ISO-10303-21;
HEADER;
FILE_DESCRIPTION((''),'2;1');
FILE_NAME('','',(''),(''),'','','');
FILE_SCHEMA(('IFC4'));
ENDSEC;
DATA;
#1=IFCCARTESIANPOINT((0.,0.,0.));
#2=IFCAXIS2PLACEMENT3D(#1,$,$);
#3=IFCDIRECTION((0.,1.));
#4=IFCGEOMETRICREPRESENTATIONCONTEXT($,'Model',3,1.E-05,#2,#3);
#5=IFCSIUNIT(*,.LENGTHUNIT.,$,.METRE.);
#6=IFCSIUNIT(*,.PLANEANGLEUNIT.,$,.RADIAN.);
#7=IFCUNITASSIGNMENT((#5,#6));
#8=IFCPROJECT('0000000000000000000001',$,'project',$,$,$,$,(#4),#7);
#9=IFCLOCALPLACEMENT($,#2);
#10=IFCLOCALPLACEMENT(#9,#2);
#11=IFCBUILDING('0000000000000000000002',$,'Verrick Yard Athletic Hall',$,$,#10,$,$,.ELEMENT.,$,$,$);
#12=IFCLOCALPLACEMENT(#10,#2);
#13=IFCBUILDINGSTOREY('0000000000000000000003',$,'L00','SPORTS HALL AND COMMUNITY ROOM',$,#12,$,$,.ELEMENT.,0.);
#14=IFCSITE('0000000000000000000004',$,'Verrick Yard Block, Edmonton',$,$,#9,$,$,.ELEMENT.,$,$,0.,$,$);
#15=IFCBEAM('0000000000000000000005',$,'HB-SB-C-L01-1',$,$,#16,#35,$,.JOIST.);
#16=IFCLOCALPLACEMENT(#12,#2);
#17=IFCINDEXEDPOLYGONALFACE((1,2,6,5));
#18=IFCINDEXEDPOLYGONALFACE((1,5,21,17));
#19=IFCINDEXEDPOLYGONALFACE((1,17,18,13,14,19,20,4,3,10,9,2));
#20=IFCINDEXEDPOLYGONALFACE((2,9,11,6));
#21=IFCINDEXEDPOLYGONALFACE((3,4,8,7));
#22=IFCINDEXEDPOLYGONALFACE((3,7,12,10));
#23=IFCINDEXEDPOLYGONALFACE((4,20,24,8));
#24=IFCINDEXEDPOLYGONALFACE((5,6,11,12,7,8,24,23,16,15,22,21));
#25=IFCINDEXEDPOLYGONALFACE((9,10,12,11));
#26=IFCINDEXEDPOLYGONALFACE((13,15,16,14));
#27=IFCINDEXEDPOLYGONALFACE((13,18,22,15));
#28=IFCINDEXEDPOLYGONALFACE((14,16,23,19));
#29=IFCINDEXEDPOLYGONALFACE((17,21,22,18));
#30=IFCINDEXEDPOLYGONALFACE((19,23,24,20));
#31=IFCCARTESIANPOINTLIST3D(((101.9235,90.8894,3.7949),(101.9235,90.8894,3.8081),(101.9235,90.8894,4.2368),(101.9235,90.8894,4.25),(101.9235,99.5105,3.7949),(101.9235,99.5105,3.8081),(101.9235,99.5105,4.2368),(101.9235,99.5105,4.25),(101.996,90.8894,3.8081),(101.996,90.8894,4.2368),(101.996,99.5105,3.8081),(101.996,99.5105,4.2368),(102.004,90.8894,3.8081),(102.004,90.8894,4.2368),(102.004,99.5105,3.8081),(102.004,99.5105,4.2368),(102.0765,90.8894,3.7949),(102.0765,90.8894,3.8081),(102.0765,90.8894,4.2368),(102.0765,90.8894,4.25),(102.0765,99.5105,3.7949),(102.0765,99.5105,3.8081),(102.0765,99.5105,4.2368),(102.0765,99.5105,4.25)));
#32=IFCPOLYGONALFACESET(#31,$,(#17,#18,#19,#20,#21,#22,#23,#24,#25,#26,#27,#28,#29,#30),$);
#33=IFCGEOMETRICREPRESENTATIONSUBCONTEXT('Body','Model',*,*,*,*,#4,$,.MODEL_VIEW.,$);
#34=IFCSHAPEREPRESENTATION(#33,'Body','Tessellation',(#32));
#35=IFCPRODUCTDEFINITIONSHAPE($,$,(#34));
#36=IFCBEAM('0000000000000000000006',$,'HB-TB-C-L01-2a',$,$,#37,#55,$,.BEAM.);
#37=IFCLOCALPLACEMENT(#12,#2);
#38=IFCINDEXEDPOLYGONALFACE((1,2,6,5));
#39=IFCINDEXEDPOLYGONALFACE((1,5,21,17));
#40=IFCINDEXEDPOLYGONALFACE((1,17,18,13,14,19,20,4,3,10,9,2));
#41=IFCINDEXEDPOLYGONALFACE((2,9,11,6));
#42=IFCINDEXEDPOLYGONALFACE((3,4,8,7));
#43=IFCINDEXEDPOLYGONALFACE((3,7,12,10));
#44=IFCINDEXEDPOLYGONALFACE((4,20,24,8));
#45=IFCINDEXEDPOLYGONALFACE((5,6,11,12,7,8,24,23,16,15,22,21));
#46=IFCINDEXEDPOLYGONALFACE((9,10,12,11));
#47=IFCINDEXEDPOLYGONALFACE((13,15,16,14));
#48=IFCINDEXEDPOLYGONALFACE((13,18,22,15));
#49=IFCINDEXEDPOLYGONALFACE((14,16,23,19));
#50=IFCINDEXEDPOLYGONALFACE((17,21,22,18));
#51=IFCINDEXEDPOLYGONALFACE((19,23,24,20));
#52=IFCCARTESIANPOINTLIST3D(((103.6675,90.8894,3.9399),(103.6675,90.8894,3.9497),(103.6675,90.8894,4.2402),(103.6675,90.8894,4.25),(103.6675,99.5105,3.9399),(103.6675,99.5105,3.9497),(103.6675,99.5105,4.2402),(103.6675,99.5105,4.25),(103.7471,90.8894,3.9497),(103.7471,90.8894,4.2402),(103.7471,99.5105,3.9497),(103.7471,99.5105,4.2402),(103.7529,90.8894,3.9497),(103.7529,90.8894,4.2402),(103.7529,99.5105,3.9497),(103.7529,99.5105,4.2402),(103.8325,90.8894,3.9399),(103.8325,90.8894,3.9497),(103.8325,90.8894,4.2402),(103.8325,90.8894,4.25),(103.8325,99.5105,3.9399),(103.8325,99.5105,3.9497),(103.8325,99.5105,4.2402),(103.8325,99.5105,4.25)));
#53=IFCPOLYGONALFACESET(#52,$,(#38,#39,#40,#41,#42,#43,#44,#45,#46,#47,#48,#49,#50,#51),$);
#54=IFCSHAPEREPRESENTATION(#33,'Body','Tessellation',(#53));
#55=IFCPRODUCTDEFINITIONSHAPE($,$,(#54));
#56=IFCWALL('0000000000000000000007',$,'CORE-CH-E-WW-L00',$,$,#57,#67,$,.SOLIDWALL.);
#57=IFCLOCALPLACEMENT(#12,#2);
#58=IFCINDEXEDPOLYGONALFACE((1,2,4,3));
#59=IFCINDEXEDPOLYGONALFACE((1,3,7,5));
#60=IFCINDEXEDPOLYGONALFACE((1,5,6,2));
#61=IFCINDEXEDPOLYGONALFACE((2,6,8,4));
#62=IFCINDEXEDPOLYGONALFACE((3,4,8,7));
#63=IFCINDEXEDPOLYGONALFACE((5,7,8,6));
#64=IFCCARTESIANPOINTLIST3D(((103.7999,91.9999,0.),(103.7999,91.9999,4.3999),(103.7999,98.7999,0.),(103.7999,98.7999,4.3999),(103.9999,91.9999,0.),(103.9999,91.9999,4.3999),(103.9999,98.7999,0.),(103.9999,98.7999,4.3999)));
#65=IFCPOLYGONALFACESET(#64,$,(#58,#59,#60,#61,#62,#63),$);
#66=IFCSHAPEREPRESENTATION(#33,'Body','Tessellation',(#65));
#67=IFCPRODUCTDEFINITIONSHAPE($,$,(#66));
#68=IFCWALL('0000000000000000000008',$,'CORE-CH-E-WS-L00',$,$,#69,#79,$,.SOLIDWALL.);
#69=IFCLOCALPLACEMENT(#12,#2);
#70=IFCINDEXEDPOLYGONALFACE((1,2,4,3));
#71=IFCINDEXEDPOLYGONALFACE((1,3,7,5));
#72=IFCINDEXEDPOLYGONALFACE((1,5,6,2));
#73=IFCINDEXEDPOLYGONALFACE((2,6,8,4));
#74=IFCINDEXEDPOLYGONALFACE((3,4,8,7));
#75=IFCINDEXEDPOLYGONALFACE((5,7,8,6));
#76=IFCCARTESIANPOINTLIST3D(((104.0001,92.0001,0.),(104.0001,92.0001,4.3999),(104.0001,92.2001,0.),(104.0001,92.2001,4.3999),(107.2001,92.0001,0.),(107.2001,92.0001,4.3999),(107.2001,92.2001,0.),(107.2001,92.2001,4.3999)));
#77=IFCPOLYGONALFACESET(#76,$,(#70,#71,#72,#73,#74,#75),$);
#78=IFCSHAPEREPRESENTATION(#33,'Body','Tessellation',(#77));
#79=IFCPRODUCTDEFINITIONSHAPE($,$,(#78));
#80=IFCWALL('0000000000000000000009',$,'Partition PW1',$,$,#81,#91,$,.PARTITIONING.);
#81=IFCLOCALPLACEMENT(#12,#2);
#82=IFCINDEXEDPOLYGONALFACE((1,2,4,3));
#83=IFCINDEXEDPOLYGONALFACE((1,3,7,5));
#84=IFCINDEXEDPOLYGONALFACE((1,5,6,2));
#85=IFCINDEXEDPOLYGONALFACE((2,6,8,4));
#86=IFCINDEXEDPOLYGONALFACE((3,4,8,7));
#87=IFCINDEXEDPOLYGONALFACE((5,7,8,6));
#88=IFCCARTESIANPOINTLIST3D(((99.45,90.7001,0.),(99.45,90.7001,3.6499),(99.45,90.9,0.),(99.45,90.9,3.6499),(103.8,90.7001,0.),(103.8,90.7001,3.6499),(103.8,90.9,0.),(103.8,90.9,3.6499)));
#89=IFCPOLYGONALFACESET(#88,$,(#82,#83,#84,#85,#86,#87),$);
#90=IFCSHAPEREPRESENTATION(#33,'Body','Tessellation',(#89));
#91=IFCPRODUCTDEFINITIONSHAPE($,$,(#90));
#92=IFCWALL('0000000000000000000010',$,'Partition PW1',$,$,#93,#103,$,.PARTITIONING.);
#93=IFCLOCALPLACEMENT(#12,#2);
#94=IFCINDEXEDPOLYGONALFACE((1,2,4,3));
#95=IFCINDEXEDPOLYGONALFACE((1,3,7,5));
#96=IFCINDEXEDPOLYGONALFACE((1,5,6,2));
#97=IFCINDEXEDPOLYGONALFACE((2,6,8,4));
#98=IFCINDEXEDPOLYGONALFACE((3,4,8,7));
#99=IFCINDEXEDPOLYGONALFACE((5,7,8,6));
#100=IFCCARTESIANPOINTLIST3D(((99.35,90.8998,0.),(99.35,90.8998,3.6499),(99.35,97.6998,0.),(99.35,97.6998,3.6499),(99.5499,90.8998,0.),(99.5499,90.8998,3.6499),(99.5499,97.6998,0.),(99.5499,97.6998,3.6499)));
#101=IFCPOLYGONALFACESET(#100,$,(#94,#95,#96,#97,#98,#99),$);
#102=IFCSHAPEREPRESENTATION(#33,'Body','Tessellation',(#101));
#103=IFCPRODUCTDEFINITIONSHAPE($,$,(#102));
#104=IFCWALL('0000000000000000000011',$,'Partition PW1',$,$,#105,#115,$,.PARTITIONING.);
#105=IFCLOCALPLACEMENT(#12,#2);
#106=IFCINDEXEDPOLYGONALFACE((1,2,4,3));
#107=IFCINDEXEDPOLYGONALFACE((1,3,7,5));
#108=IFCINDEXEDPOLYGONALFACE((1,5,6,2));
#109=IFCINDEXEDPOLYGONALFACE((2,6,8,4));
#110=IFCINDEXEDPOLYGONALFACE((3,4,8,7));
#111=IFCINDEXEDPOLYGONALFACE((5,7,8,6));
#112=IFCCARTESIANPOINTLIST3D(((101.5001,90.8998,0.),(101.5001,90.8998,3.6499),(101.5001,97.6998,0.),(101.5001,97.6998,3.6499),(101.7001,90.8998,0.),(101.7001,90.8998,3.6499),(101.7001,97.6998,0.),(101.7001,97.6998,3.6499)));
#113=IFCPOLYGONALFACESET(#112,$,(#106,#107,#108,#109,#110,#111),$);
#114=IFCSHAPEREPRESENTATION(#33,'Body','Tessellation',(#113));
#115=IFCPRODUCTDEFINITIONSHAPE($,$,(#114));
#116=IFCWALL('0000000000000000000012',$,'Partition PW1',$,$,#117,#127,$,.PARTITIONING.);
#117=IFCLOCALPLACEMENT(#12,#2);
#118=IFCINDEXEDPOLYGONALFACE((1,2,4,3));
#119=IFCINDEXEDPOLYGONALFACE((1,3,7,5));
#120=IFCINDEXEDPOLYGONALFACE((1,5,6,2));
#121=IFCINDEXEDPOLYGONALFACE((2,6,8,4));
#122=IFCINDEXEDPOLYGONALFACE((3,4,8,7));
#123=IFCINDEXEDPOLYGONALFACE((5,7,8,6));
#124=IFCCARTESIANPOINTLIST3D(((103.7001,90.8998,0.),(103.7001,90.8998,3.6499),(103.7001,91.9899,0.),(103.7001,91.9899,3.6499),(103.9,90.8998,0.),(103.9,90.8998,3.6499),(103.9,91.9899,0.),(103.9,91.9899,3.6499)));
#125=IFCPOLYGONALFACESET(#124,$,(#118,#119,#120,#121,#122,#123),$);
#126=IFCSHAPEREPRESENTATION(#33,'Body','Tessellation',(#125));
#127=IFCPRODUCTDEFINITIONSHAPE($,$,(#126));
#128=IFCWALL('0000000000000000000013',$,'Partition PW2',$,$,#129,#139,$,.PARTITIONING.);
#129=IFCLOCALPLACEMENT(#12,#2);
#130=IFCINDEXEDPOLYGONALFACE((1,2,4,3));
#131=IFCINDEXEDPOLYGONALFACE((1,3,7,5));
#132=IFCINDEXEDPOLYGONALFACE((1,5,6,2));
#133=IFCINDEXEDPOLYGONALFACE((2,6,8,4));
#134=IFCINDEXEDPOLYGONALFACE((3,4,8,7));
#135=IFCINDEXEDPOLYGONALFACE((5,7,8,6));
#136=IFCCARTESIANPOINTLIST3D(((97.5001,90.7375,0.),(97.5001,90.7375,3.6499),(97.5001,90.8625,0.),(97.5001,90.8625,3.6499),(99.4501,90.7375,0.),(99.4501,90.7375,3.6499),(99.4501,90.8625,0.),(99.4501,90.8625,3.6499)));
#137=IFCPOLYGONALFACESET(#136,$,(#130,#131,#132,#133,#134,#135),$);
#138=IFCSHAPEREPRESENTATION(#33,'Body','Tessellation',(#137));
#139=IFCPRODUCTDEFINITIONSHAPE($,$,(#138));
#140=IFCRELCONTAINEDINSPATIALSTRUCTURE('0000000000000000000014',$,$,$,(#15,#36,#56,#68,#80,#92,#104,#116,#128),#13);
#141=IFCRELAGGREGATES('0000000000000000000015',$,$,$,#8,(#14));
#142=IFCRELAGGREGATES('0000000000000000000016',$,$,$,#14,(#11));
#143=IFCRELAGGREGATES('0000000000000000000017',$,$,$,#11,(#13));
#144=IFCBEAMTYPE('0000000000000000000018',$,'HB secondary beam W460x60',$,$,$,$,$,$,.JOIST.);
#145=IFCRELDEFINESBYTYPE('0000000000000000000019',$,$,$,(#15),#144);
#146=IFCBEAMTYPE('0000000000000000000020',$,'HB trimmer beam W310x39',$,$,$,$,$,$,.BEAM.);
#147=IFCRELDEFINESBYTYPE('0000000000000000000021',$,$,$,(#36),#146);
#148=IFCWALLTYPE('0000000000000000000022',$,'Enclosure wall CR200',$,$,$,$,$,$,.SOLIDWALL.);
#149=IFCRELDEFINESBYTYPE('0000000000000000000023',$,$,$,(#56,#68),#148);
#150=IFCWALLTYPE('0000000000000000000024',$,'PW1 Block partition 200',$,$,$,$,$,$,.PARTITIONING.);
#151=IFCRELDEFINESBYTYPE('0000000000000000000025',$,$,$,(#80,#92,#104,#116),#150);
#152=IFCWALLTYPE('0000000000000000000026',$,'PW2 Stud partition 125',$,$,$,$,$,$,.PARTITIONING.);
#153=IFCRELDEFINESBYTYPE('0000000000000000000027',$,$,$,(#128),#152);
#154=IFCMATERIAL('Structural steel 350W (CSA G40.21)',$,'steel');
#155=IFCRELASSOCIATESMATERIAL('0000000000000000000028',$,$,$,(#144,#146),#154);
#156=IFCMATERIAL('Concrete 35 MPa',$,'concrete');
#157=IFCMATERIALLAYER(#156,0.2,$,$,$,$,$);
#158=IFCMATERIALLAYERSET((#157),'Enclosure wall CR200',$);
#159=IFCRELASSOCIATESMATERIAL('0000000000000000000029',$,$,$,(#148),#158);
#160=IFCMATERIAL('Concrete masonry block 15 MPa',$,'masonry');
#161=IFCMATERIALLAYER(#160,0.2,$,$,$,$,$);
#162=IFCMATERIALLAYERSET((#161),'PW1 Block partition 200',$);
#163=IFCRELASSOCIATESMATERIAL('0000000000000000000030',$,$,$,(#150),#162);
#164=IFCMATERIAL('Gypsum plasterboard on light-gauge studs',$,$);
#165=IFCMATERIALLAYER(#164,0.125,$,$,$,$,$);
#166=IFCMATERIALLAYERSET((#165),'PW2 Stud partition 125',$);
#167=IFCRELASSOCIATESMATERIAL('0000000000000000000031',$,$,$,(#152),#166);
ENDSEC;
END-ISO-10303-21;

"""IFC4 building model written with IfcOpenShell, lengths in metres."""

from ifc_helpers import new_model, si_unit, direction, frame, frame_2d, origin, origin_2d, place, context, subcontext, project, spatial, rectangle, i_section, extrude, material, layer, layer_set, material_profile, profile_set, type_object, element, save


model = new_model("IFC4")

# Units and contexts
model_context = context("Model", 3, precision=1e-05, world=origin(), true_north=direction((0.0, 1.0)))
body_context = subcontext(model_context, "Body", "Model", "MODEL_VIEW")
ifc_project = project(units=[si_unit("LENGTHUNIT", "METRE"), si_unit("PLANEANGLEUNIT", "RADIAN")], contexts=[model_context])

# Site, building, storey
site_placement = place(None, origin())
site = spatial("IfcSite", under=ifc_project, at=site_placement, Name="Verrick Yard Block, Edmonton", CompositionType="ELEMENT", RefElevation=0.0)
building_placement = place(site_placement, origin())
building = spatial("IfcBuilding", under=site, at=building_placement, Name="Verrick Yard Athletic Hall", CompositionType="ELEMENT")
storey_placement = place(building_placement, origin())
storey = spatial("IfcBuildingStorey", under=building, at=storey_placement, Name="L00", Description="SPORTS HALL AND COMMUNITY ROOM", CompositionType="ELEMENT", Elevation=0.0)

# Shared definitions
ifc_material_1 = material(Name="Concrete 35 MPa", Category="concrete")

# Beams
ifc_material_2 = material(Name="Structural steel 350W (CSA G40.21)", Category="steel")
ifc_material_profile_1 = material_profile(ifc_material_2, i_section(OverallWidth=0.1531, OverallDepth=0.4551, WebThickness=0.0081, FlangeThickness=0.0132, at=origin_2d()), Name="W460x60")
ifc_profile_set_1 = profile_set([ifc_material_profile_1], Name="Structural steel 350W (CSA G40.21)")
beam_type_1 = type_object("IfcBeamType", Name="HB secondary beam W460x60", PredefinedType="JOIST", material=ifc_profile_set_1)
beam_1_placement = place(storey_placement, frame((102.0, 90.8894, 4.0225), z_axis=(0.0, 1.0, 0.0), x_axis=(-1.0, 0.0, 0.0)))
element("IfcBeam", 1, at=beam_1_placement, inside=storey, type_object=beam_type_1, Name="HB-SB-C-L01-1", PredefinedType="JOIST", context=body_context, shape_type="SweptSolid", body=[
    extrude(i_section(OverallWidth=0.1531, OverallDepth=0.4551, WebThickness=0.0081, FlangeThickness=0.0132, at=origin_2d()), origin(), (0.0, 0.0, 1.0), 8.6211),
])
ifc_material_profile_2 = material_profile(ifc_material_2, i_section(OverallWidth=0.165, OverallDepth=0.3101, WebThickness=0.0059, FlangeThickness=0.0098, at=origin_2d()), Name="W310x39")
ifc_profile_set_2 = profile_set([ifc_material_profile_2], Name="Structural steel 350W (CSA G40.21)")
beam_type_2 = type_object("IfcBeamType", Name="HB trimmer beam W310x39", PredefinedType="BEAM", material=ifc_profile_set_2)
beam_2_placement = place(storey_placement, frame((103.75, 90.8894, 4.095), z_axis=(0.0, 1.0, 0.0), x_axis=(-1.0, 0.0, 0.0)))
element("IfcBeam", 2, at=beam_2_placement, inside=storey, type_object=beam_type_2, Name="HB-TB-C-L01-2a", PredefinedType="BEAM", context=body_context, shape_type="SweptSolid", body=[
    extrude(i_section(OverallWidth=0.165, OverallDepth=0.3101, WebThickness=0.0059, FlangeThickness=0.0098, at=origin_2d()), origin(), (0.0, 0.0, 1.0), 8.6211),
])

# Walls
ifc_layer_1 = layer(ifc_material_1, 0.2)
ifc_layer_set_1 = layer_set([ifc_layer_1], Name="Enclosure wall CR200")
wall_type_1 = type_object("IfcWallType", Name="Enclosure wall CR200", PredefinedType="SOLIDWALL", material=ifc_layer_set_1)
wall_1_placement = place(storey_placement, frame((103.8999, 92.0, 0.0), z_axis=(0.0, 0.0, 1.0), x_axis=(0.0, 1.0, 0.0)))
element("IfcWall", 3, at=wall_1_placement, inside=storey, type_object=wall_type_1, Name="CORE-CH-E-WW-L00", PredefinedType="SOLIDWALL", context=body_context, shape_type="SweptSolid", body=[
    extrude(rectangle(XDim=6.8, YDim=0.2, at=frame_2d((3.3999, 0.0))), origin(), (0.0, 0.0, 1.0), 4.3999),
])
wall_2_placement = place(storey_placement, frame((104.0, 92.1001, 0.0), z_axis=(0.0, 0.0, 1.0), x_axis=(1.0, 0.0, 0.0)))
element("IfcWall", 4, at=wall_2_placement, inside=storey, type_object=wall_type_1, Name="CORE-CH-E-WS-L00", PredefinedType="SOLIDWALL", context=body_context, shape_type="SweptSolid", body=[
    extrude(rectangle(XDim=3.2, YDim=0.2, at=frame_2d((1.6001, 0.0))), origin(), (0.0, 0.0, 1.0), 4.3999),
])
ifc_material_3 = material(Name="Concrete masonry block 15 MPa", Category="masonry")
ifc_layer_2 = layer(ifc_material_3, 0.2)
ifc_layer_set_2 = layer_set([ifc_layer_2], Name="PW1 Block partition 200")
wall_type_2 = type_object("IfcWallType", Name="PW1 Block partition 200", PredefinedType="PARTITIONING", material=ifc_layer_set_2)
wall_3_placement = place(storey_placement, frame((99.45, 90.8, 0.0), z_axis=(0.0, 0.0, 1.0), x_axis=(1.0, 0.0, 0.0)))
element("IfcWall", 5, at=wall_3_placement, inside=storey, type_object=wall_type_2, Name="Partition PW1", PredefinedType="PARTITIONING", context=body_context, shape_type="SweptSolid", body=[
    extrude(rectangle(XDim=4.3501, YDim=0.2, at=frame_2d((2.175, 0.0))), origin(), (0.0, 0.0, 1.0), 3.6499),
])
for number, where, z_axis, x_axis, name in (
    (6, (99.45, 90.8999, 0.0), (0.0, 0.0, 1.0), (0.0, 1.0, 0.0), "Partition PW1"),
    (7, (101.6001, 90.8999, 0.0), (0.0, 0.0, 1.0), (0.0, 1.0, 0.0), "Partition PW1"),
):
    element("IfcWall", number, at=place(storey_placement, frame(where, z_axis=z_axis, x_axis=x_axis)), inside=storey, type_object=wall_type_2, Name=name, PredefinedType="PARTITIONING", context=body_context, shape_type="SweptSolid", body=[
        extrude(rectangle(XDim=6.8, YDim=0.2, at=frame_2d((3.3999, 0.0))), origin(), (0.0, 0.0, 1.0), 3.6499),
    ])
wall_4_placement = place(storey_placement, frame((103.8, 90.8999, 0.0), z_axis=(0.0, 0.0, 1.0), x_axis=(0.0, 1.0, 0.0)))
element("IfcWall", 8, at=wall_4_placement, inside=storey, type_object=wall_type_2, Name="Partition PW1", PredefinedType="PARTITIONING", context=body_context, shape_type="SweptSolid", body=[
    extrude(rectangle(XDim=1.0901, YDim=0.2, at=frame_2d((0.5449, 0.0))), origin(), (0.0, 0.0, 1.0), 3.6499),
])
ifc_material_4 = material(Name="Gypsum plasterboard on light-gauge studs")
ifc_layer_3 = layer(ifc_material_4, 0.125)
ifc_layer_set_3 = layer_set([ifc_layer_3], Name="PW2 Stud partition 125")
wall_type_3 = type_object("IfcWallType", Name="PW2 Stud partition 125", PredefinedType="PARTITIONING", material=ifc_layer_set_3)
wall_5_placement = place(storey_placement, frame((97.5, 90.8, 0.0), z_axis=(0.0, 0.0, 1.0), x_axis=(1.0, 0.0, 0.0)))
element("IfcWall", 9, at=wall_5_placement, inside=storey, type_object=wall_type_3, Name="Partition PW2", PredefinedType="PARTITIONING", context=body_context, shape_type="SweptSolid", body=[
    extrude(rectangle(XDim=1.95, YDim=0.125, at=frame_2d((0.9751, 0.0))), origin(), (0.0, 0.0, 1.0), 3.6499),
])

save(model, "model.ifc")
